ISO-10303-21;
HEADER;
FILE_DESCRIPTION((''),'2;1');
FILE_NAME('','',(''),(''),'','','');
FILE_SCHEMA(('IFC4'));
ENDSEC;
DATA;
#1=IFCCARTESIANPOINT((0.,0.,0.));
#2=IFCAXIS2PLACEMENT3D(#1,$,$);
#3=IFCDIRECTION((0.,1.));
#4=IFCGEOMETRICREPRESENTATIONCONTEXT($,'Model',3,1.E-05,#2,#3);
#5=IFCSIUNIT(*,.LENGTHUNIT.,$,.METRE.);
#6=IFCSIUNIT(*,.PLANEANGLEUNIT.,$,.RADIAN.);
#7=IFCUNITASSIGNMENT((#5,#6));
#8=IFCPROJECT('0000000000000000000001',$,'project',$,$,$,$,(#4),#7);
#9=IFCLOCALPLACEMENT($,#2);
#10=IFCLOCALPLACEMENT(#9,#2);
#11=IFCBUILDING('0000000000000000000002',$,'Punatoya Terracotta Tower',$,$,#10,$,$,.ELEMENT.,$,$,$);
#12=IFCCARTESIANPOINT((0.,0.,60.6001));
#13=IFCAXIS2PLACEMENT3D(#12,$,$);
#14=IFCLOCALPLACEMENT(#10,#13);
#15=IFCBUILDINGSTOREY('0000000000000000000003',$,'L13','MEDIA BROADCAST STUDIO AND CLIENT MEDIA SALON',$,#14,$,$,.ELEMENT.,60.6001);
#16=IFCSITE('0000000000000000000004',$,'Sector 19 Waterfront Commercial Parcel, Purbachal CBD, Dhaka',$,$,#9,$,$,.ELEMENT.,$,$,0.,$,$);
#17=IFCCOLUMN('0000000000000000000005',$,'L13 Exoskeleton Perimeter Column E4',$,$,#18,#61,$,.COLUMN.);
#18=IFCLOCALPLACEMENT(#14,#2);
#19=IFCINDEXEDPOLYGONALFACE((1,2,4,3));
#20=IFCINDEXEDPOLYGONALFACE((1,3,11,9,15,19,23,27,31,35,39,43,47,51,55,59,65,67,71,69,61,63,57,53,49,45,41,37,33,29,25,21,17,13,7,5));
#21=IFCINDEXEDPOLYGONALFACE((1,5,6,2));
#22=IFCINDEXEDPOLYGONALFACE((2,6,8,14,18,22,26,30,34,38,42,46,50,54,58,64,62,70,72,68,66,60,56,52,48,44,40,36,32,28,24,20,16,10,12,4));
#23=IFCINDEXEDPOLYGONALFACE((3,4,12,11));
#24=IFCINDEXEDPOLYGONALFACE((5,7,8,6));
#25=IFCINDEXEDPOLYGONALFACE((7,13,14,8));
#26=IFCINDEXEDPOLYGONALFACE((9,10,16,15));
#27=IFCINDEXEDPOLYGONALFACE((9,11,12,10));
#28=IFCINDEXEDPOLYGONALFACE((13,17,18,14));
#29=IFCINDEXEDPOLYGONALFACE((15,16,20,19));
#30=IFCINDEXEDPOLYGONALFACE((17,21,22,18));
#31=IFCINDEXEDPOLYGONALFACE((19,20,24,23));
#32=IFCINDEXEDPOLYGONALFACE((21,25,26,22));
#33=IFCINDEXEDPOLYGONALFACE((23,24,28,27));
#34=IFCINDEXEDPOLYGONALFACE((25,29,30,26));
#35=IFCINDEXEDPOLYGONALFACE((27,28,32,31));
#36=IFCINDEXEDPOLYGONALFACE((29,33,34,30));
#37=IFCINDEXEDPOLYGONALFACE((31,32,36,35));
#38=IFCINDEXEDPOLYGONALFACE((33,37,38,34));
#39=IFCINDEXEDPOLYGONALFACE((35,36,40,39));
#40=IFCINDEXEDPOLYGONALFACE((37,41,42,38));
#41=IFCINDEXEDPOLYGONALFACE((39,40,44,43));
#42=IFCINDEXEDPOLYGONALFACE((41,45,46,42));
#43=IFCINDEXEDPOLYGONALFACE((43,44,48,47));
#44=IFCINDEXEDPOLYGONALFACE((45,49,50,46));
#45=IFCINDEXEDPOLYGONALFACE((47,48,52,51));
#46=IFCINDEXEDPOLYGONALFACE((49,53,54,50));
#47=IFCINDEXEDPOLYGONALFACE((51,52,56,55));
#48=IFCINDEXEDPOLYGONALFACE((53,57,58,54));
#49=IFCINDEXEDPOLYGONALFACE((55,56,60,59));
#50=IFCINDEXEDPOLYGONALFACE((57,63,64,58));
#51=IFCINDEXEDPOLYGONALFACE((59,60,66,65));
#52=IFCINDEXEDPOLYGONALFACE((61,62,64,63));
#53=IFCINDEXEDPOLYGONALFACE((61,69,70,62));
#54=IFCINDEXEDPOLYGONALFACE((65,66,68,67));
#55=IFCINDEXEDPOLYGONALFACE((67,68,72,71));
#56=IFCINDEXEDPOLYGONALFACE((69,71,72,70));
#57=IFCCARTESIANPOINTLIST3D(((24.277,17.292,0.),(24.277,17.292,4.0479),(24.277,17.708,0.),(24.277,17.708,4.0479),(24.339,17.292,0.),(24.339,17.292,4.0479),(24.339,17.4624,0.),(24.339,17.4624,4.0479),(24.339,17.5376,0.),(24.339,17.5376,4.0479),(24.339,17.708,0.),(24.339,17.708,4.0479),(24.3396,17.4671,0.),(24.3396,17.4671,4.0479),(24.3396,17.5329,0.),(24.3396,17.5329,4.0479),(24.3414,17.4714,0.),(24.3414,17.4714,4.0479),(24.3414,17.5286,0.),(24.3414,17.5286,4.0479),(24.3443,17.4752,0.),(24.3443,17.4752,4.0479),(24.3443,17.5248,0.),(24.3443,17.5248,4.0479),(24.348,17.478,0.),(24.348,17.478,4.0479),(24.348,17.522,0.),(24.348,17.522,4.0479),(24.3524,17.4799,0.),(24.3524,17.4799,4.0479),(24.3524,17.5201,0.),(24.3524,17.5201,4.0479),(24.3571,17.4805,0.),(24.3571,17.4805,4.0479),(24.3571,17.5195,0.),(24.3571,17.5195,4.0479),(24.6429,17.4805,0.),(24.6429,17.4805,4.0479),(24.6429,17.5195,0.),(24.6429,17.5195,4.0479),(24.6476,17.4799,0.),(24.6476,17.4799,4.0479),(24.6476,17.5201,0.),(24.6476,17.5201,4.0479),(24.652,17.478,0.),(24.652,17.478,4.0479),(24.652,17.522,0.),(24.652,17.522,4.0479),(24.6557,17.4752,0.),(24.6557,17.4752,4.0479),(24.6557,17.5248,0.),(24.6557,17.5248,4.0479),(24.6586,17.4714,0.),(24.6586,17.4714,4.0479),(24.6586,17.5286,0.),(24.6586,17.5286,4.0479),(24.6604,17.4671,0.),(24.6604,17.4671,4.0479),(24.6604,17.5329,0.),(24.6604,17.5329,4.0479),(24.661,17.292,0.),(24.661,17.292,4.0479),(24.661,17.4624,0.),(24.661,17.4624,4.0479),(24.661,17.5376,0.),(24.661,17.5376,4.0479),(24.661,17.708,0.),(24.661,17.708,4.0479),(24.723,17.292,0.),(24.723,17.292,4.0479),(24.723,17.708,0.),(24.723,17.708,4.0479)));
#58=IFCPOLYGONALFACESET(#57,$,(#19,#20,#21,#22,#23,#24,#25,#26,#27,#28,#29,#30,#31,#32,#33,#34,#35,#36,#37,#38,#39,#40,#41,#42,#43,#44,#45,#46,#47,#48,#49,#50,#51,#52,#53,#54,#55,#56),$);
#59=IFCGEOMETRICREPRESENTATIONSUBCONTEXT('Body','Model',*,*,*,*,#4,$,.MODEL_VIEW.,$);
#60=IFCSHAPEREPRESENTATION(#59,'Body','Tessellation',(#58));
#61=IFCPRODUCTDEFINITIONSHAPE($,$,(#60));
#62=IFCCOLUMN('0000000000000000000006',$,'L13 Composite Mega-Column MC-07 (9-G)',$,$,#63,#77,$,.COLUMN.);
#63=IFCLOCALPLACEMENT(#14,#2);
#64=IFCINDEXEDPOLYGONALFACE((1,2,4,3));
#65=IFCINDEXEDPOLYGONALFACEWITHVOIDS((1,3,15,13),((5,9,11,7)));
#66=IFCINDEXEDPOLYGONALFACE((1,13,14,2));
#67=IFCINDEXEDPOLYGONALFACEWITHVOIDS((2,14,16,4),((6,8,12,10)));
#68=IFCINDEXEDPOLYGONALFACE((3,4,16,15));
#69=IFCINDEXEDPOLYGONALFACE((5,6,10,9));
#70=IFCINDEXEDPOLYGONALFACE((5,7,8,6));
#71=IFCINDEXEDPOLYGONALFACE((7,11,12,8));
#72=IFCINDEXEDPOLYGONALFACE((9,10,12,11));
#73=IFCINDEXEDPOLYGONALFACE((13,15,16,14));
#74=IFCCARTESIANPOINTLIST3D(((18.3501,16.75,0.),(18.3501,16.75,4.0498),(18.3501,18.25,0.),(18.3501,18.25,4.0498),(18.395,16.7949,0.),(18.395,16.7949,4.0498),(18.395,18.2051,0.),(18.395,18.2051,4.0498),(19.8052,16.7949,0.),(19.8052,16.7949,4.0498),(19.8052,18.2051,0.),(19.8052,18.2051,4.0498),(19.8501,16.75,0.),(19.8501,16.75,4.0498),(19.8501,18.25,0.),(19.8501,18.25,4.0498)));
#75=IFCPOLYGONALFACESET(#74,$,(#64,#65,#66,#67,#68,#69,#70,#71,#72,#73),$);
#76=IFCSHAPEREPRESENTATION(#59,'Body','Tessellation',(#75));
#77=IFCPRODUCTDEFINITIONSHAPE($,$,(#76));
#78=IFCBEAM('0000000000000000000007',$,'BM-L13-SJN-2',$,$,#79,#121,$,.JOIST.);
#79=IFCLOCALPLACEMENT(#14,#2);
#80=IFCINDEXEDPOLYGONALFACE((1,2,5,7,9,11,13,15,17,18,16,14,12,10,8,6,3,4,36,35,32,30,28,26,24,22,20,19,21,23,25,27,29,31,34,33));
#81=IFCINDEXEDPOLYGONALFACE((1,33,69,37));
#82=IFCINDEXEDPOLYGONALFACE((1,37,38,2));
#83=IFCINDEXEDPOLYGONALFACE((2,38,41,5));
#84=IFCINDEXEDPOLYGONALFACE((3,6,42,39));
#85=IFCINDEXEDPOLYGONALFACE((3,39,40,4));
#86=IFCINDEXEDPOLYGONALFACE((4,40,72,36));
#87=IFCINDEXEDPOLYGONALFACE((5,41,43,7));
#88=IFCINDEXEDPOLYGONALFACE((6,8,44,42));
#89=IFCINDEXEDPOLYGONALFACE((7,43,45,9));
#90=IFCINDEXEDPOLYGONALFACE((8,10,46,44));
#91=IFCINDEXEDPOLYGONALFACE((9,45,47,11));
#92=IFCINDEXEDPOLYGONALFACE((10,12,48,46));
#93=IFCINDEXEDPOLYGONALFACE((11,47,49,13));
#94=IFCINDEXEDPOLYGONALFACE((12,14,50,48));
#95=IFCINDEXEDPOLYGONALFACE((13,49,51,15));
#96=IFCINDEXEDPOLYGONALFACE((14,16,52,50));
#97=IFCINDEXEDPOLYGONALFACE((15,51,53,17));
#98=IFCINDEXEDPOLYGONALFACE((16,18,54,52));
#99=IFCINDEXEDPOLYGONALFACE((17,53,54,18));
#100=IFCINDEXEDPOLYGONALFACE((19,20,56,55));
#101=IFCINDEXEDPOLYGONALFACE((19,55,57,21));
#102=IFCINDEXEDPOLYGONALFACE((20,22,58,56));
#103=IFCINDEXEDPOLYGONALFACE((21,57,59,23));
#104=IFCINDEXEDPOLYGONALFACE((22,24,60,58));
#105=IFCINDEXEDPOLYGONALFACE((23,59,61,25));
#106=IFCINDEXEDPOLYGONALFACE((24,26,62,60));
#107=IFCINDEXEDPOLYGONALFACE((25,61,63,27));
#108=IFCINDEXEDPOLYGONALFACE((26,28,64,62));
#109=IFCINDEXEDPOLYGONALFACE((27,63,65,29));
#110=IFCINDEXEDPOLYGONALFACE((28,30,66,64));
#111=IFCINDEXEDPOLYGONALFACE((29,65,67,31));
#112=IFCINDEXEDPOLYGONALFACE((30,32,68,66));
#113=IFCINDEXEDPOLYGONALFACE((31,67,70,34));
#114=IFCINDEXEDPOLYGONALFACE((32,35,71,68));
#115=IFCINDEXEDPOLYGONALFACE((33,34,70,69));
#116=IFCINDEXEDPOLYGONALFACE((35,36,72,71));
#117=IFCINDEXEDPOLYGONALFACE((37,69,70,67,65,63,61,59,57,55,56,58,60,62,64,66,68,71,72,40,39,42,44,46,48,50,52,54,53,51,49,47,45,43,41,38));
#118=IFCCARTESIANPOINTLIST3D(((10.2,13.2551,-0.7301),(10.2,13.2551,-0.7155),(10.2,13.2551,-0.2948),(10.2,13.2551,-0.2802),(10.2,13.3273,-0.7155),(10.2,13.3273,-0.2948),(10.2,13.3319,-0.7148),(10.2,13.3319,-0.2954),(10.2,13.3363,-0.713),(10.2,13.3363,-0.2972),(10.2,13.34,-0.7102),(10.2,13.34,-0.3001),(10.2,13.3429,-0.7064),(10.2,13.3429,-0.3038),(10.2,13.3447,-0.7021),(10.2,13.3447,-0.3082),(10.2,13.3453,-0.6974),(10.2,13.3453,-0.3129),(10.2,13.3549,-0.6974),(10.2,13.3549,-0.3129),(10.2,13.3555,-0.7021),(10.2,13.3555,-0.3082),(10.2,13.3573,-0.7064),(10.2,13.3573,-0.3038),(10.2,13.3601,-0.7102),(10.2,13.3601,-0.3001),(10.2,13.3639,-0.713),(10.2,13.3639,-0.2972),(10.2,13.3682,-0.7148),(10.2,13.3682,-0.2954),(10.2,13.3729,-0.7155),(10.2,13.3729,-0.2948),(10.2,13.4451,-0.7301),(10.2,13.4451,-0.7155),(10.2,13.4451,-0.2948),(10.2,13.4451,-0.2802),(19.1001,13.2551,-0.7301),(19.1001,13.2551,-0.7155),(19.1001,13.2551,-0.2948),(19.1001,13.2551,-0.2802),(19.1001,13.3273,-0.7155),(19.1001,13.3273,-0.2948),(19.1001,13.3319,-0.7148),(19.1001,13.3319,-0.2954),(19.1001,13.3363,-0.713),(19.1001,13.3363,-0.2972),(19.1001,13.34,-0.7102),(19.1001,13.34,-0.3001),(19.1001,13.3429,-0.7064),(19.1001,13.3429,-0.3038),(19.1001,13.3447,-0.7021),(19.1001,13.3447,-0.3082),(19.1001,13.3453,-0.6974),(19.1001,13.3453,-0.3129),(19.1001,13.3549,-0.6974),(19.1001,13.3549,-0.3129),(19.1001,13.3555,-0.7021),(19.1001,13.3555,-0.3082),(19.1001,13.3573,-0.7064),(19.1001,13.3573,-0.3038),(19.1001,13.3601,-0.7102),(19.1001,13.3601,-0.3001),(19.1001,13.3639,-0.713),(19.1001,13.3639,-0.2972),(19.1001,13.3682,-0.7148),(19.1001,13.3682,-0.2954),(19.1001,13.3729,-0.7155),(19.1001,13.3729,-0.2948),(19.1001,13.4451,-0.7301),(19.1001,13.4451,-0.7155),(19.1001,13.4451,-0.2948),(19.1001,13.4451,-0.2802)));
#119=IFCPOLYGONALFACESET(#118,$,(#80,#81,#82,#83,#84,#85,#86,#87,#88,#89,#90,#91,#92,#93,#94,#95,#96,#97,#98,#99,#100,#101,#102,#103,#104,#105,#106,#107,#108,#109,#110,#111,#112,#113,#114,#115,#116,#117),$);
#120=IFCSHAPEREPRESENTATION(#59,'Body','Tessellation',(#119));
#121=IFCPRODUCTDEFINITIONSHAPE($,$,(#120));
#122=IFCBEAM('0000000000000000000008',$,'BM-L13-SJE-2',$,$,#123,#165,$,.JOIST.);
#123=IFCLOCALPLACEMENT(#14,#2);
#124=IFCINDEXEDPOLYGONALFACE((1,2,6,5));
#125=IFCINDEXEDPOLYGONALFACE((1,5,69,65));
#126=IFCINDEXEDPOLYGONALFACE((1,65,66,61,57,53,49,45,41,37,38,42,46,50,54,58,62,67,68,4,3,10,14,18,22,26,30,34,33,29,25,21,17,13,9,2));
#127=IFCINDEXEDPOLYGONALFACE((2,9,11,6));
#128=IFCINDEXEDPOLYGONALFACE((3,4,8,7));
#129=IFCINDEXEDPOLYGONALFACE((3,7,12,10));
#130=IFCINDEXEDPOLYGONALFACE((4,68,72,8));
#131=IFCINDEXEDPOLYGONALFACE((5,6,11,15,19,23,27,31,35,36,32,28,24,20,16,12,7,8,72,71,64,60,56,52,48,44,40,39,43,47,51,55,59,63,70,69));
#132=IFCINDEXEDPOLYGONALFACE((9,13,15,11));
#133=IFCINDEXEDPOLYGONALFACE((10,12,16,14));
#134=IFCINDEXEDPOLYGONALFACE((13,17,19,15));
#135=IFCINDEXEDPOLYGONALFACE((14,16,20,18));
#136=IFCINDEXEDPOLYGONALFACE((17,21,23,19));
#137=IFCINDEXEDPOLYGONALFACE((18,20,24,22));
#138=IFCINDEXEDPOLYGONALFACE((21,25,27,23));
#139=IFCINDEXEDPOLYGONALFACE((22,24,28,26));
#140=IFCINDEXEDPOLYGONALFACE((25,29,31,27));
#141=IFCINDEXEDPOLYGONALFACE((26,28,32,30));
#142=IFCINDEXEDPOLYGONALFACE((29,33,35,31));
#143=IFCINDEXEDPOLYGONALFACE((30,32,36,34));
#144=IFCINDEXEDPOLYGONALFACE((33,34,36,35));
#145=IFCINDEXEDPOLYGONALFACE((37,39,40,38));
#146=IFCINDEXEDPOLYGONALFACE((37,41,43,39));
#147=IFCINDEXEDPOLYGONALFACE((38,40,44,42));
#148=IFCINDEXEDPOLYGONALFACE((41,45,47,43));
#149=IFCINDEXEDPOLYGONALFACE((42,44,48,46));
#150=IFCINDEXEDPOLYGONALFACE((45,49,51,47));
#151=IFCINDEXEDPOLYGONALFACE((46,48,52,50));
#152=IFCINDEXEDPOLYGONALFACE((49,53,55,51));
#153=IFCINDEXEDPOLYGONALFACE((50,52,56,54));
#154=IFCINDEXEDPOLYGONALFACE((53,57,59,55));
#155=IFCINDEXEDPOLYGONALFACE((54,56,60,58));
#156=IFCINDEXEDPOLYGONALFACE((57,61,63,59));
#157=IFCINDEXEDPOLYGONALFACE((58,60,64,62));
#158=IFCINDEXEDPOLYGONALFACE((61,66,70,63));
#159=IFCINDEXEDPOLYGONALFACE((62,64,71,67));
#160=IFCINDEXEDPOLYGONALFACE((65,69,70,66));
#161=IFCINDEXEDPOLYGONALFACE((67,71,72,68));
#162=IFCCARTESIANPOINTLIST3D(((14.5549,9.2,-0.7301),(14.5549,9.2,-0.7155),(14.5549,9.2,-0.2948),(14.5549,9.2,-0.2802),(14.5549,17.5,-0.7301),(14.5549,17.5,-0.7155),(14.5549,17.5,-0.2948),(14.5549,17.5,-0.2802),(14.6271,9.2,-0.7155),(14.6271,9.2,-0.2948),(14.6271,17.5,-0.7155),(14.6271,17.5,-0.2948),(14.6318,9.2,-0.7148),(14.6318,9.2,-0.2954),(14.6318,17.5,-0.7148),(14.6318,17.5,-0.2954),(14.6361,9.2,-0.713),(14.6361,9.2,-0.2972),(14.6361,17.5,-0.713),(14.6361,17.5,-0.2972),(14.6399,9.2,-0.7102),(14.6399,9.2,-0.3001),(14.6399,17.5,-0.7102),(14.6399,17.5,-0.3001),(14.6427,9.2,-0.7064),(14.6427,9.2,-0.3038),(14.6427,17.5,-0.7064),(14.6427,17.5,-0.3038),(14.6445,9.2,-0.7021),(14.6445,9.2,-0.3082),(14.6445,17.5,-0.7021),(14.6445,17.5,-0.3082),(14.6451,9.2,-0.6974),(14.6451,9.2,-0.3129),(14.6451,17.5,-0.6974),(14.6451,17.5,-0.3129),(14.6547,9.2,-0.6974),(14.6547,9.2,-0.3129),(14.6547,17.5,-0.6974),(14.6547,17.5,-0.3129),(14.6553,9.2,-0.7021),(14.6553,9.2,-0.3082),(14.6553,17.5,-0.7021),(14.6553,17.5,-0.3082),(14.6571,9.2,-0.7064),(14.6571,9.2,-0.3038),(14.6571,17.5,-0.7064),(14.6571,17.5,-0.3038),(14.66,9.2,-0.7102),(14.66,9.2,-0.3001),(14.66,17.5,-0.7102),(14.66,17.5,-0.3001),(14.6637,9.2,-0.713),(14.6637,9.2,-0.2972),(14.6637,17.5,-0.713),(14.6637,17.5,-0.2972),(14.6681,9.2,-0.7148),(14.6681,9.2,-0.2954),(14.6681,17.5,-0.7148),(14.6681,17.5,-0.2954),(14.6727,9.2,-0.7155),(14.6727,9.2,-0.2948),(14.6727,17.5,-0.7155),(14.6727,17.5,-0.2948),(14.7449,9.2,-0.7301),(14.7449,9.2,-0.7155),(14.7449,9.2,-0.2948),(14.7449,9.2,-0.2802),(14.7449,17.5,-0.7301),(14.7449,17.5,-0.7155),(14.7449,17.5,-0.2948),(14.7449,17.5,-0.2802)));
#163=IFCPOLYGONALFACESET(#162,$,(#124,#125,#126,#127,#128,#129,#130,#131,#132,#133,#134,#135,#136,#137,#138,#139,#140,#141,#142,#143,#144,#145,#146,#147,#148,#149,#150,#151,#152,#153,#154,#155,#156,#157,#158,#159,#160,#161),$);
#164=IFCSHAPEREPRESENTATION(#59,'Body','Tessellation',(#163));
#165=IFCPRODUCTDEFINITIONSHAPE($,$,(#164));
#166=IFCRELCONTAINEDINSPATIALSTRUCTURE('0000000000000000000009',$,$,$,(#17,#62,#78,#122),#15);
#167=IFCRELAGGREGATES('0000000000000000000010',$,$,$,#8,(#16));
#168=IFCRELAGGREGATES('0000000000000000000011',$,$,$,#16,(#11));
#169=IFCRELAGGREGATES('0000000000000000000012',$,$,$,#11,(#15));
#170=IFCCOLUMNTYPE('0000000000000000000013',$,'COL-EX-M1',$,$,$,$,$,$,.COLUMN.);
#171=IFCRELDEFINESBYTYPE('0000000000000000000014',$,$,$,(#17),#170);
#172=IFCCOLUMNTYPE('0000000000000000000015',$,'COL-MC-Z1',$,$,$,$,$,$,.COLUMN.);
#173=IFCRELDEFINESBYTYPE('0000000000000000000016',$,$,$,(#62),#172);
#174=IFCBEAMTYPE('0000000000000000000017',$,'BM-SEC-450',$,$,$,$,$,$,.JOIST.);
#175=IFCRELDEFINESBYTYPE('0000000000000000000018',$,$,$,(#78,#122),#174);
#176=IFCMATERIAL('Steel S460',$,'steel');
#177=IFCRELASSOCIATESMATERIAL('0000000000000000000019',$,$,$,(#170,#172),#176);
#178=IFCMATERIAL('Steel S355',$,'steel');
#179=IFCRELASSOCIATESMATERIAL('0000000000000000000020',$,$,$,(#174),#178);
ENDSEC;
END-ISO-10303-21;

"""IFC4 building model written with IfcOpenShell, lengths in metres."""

from ifc_helpers import new_model, si_unit, direction, frame, origin, origin_2d, place, context, subcontext, project, spatial, hollow_rectangle, i_section, extrude, material, material_profile, profile_set, type_object, element, save


model = new_model("IFC4")

# Units and contexts
model_context = context("Model", 3, precision=1e-05, world=origin(), true_north=direction((0.0, 1.0)))
body_context = subcontext(model_context, "Body", "Model", "MODEL_VIEW")
ifc_project = project(units=[si_unit("LENGTHUNIT", "METRE"), si_unit("PLANEANGLEUNIT", "RADIAN")], contexts=[model_context])

# Site, building, storey
site_placement = place(None, origin())
site = spatial("IfcSite", under=ifc_project, at=site_placement, Name="Sector 19 Waterfront Commercial Parcel, Purbachal CBD, Dhaka", CompositionType="ELEMENT", RefElevation=0.0)
building_placement = place(site_placement, origin())
building = spatial("IfcBuilding", under=site, at=building_placement, Name="Punatoya Terracotta Tower", CompositionType="ELEMENT")
storey_placement = place(building_placement, frame((0.0, 0.0, 60.6001)))
storey = spatial("IfcBuildingStorey", under=building, at=storey_placement, Name="L13", Description="MEDIA BROADCAST STUDIO AND CLIENT MEDIA SALON", CompositionType="ELEMENT", Elevation=60.6001)

# Columns
ifc_material_1 = material(Name="Steel S460", Category="steel")
ifc_material_profile_1 = material_profile(ifc_material_1, i_section(OverallWidth=0.416, OverallDepth=0.446, WebThickness=0.0391, FlangeThickness=0.062, FilletRadius=0.0181, at=origin_2d()))
ifc_profile_set_1 = profile_set([ifc_material_profile_1], Name="Steel S460")
column_type_1 = type_object("IfcColumnType", Name="COL-EX-M1", PredefinedType="COLUMN", material=ifc_profile_set_1)
column_1_placement = place(storey_placement, frame((24.5, 17.5, 0.0), z_axis=(0.0, 0.0, 1.0), x_axis=(0.0, 1.0, 0.0)))
element("IfcColumn", 1, at=column_1_placement, inside=storey, type_object=column_type_1, Name="L13 Exoskeleton Perimeter Column E4", PredefinedType="COLUMN", context=body_context, shape_type="SweptSolid", body=[
    extrude(i_section(OverallWidth=0.416, OverallDepth=0.446, WebThickness=0.0391, FlangeThickness=0.062, FilletRadius=0.0181, at=origin_2d()), origin(), (0.0, 0.0, 1.0), 4.0479),
])
ifc_material_profile_2 = material_profile(ifc_material_1, hollow_rectangle(XDim=1.5, YDim=1.5, WallThickness=0.0449, at=origin_2d()))
ifc_profile_set_2 = profile_set([ifc_material_profile_2], Name="Steel S460")
column_type_2 = type_object("IfcColumnType", Name="COL-MC-Z1", PredefinedType="COLUMN", material=ifc_profile_set_2)
column_2_placement = place(storey_placement, frame((19.1001, 17.5, 0.0), z_axis=(0.0, 0.0, 1.0), x_axis=(1.0, 0.0, 0.0)))
element("IfcColumn", 2, at=column_2_placement, inside=storey, type_object=column_type_2, Name="L13 Composite Mega-Column MC-07 (9-G)", PredefinedType="COLUMN", context=body_context, shape_type="SweptSolid", body=[
    extrude(hollow_rectangle(XDim=1.5, YDim=1.5, WallThickness=0.0449, at=origin_2d()), origin(), (0.0, 0.0, 1.0), 4.0498),
])

# Beams
ifc_material_2 = material(Name="Steel S355", Category="steel")
ifc_material_profile_3 = material_profile(ifc_material_2, i_section(OverallWidth=0.1899, OverallDepth=0.45, WebThickness=0.0095, FlangeThickness=0.0146, FilletRadius=0.0181, at=origin_2d()))
ifc_profile_set_3 = profile_set([ifc_material_profile_3], Name="Steel S355")
beam_type_1 = type_object("IfcBeamType", Name="BM-SEC-450", PredefinedType="JOIST", material=ifc_profile_set_3)
beam_1_placement = place(storey_placement, frame((10.2, 13.3501, -0.5051), z_axis=(1.0, 0.0, 0.0), x_axis=(0.0, 1.0, 0.0)))
element("IfcBeam", 3, at=beam_1_placement, inside=storey, type_object=beam_type_1, Name="BM-L13-SJN-2", PredefinedType="JOIST", context=body_context, shape_type="SweptSolid", body=[
    extrude(i_section(OverallWidth=0.1899, OverallDepth=0.45, WebThickness=0.0095, FlangeThickness=0.0146, FilletRadius=0.0181, at=origin_2d()), origin(), (0.0, 0.0, 1.0), 8.9001),
])
beam_2_placement = place(storey_placement, frame((14.6499, 9.2, -0.5051), z_axis=(0.0, 1.0, 0.0), x_axis=(-1.0, 0.0, 0.0)))
element("IfcBeam", 4, at=beam_2_placement, inside=storey, type_object=beam_type_1, Name="BM-L13-SJE-2", PredefinedType="JOIST", context=body_context, shape_type="SweptSolid", body=[
    extrude(i_section(OverallWidth=0.1899, OverallDepth=0.45, WebThickness=0.0095, FlangeThickness=0.0146, FilletRadius=0.0181, at=origin_2d()), origin(), (0.0, 0.0, 1.0), 8.3),
])

save(model, "model.ifc")
